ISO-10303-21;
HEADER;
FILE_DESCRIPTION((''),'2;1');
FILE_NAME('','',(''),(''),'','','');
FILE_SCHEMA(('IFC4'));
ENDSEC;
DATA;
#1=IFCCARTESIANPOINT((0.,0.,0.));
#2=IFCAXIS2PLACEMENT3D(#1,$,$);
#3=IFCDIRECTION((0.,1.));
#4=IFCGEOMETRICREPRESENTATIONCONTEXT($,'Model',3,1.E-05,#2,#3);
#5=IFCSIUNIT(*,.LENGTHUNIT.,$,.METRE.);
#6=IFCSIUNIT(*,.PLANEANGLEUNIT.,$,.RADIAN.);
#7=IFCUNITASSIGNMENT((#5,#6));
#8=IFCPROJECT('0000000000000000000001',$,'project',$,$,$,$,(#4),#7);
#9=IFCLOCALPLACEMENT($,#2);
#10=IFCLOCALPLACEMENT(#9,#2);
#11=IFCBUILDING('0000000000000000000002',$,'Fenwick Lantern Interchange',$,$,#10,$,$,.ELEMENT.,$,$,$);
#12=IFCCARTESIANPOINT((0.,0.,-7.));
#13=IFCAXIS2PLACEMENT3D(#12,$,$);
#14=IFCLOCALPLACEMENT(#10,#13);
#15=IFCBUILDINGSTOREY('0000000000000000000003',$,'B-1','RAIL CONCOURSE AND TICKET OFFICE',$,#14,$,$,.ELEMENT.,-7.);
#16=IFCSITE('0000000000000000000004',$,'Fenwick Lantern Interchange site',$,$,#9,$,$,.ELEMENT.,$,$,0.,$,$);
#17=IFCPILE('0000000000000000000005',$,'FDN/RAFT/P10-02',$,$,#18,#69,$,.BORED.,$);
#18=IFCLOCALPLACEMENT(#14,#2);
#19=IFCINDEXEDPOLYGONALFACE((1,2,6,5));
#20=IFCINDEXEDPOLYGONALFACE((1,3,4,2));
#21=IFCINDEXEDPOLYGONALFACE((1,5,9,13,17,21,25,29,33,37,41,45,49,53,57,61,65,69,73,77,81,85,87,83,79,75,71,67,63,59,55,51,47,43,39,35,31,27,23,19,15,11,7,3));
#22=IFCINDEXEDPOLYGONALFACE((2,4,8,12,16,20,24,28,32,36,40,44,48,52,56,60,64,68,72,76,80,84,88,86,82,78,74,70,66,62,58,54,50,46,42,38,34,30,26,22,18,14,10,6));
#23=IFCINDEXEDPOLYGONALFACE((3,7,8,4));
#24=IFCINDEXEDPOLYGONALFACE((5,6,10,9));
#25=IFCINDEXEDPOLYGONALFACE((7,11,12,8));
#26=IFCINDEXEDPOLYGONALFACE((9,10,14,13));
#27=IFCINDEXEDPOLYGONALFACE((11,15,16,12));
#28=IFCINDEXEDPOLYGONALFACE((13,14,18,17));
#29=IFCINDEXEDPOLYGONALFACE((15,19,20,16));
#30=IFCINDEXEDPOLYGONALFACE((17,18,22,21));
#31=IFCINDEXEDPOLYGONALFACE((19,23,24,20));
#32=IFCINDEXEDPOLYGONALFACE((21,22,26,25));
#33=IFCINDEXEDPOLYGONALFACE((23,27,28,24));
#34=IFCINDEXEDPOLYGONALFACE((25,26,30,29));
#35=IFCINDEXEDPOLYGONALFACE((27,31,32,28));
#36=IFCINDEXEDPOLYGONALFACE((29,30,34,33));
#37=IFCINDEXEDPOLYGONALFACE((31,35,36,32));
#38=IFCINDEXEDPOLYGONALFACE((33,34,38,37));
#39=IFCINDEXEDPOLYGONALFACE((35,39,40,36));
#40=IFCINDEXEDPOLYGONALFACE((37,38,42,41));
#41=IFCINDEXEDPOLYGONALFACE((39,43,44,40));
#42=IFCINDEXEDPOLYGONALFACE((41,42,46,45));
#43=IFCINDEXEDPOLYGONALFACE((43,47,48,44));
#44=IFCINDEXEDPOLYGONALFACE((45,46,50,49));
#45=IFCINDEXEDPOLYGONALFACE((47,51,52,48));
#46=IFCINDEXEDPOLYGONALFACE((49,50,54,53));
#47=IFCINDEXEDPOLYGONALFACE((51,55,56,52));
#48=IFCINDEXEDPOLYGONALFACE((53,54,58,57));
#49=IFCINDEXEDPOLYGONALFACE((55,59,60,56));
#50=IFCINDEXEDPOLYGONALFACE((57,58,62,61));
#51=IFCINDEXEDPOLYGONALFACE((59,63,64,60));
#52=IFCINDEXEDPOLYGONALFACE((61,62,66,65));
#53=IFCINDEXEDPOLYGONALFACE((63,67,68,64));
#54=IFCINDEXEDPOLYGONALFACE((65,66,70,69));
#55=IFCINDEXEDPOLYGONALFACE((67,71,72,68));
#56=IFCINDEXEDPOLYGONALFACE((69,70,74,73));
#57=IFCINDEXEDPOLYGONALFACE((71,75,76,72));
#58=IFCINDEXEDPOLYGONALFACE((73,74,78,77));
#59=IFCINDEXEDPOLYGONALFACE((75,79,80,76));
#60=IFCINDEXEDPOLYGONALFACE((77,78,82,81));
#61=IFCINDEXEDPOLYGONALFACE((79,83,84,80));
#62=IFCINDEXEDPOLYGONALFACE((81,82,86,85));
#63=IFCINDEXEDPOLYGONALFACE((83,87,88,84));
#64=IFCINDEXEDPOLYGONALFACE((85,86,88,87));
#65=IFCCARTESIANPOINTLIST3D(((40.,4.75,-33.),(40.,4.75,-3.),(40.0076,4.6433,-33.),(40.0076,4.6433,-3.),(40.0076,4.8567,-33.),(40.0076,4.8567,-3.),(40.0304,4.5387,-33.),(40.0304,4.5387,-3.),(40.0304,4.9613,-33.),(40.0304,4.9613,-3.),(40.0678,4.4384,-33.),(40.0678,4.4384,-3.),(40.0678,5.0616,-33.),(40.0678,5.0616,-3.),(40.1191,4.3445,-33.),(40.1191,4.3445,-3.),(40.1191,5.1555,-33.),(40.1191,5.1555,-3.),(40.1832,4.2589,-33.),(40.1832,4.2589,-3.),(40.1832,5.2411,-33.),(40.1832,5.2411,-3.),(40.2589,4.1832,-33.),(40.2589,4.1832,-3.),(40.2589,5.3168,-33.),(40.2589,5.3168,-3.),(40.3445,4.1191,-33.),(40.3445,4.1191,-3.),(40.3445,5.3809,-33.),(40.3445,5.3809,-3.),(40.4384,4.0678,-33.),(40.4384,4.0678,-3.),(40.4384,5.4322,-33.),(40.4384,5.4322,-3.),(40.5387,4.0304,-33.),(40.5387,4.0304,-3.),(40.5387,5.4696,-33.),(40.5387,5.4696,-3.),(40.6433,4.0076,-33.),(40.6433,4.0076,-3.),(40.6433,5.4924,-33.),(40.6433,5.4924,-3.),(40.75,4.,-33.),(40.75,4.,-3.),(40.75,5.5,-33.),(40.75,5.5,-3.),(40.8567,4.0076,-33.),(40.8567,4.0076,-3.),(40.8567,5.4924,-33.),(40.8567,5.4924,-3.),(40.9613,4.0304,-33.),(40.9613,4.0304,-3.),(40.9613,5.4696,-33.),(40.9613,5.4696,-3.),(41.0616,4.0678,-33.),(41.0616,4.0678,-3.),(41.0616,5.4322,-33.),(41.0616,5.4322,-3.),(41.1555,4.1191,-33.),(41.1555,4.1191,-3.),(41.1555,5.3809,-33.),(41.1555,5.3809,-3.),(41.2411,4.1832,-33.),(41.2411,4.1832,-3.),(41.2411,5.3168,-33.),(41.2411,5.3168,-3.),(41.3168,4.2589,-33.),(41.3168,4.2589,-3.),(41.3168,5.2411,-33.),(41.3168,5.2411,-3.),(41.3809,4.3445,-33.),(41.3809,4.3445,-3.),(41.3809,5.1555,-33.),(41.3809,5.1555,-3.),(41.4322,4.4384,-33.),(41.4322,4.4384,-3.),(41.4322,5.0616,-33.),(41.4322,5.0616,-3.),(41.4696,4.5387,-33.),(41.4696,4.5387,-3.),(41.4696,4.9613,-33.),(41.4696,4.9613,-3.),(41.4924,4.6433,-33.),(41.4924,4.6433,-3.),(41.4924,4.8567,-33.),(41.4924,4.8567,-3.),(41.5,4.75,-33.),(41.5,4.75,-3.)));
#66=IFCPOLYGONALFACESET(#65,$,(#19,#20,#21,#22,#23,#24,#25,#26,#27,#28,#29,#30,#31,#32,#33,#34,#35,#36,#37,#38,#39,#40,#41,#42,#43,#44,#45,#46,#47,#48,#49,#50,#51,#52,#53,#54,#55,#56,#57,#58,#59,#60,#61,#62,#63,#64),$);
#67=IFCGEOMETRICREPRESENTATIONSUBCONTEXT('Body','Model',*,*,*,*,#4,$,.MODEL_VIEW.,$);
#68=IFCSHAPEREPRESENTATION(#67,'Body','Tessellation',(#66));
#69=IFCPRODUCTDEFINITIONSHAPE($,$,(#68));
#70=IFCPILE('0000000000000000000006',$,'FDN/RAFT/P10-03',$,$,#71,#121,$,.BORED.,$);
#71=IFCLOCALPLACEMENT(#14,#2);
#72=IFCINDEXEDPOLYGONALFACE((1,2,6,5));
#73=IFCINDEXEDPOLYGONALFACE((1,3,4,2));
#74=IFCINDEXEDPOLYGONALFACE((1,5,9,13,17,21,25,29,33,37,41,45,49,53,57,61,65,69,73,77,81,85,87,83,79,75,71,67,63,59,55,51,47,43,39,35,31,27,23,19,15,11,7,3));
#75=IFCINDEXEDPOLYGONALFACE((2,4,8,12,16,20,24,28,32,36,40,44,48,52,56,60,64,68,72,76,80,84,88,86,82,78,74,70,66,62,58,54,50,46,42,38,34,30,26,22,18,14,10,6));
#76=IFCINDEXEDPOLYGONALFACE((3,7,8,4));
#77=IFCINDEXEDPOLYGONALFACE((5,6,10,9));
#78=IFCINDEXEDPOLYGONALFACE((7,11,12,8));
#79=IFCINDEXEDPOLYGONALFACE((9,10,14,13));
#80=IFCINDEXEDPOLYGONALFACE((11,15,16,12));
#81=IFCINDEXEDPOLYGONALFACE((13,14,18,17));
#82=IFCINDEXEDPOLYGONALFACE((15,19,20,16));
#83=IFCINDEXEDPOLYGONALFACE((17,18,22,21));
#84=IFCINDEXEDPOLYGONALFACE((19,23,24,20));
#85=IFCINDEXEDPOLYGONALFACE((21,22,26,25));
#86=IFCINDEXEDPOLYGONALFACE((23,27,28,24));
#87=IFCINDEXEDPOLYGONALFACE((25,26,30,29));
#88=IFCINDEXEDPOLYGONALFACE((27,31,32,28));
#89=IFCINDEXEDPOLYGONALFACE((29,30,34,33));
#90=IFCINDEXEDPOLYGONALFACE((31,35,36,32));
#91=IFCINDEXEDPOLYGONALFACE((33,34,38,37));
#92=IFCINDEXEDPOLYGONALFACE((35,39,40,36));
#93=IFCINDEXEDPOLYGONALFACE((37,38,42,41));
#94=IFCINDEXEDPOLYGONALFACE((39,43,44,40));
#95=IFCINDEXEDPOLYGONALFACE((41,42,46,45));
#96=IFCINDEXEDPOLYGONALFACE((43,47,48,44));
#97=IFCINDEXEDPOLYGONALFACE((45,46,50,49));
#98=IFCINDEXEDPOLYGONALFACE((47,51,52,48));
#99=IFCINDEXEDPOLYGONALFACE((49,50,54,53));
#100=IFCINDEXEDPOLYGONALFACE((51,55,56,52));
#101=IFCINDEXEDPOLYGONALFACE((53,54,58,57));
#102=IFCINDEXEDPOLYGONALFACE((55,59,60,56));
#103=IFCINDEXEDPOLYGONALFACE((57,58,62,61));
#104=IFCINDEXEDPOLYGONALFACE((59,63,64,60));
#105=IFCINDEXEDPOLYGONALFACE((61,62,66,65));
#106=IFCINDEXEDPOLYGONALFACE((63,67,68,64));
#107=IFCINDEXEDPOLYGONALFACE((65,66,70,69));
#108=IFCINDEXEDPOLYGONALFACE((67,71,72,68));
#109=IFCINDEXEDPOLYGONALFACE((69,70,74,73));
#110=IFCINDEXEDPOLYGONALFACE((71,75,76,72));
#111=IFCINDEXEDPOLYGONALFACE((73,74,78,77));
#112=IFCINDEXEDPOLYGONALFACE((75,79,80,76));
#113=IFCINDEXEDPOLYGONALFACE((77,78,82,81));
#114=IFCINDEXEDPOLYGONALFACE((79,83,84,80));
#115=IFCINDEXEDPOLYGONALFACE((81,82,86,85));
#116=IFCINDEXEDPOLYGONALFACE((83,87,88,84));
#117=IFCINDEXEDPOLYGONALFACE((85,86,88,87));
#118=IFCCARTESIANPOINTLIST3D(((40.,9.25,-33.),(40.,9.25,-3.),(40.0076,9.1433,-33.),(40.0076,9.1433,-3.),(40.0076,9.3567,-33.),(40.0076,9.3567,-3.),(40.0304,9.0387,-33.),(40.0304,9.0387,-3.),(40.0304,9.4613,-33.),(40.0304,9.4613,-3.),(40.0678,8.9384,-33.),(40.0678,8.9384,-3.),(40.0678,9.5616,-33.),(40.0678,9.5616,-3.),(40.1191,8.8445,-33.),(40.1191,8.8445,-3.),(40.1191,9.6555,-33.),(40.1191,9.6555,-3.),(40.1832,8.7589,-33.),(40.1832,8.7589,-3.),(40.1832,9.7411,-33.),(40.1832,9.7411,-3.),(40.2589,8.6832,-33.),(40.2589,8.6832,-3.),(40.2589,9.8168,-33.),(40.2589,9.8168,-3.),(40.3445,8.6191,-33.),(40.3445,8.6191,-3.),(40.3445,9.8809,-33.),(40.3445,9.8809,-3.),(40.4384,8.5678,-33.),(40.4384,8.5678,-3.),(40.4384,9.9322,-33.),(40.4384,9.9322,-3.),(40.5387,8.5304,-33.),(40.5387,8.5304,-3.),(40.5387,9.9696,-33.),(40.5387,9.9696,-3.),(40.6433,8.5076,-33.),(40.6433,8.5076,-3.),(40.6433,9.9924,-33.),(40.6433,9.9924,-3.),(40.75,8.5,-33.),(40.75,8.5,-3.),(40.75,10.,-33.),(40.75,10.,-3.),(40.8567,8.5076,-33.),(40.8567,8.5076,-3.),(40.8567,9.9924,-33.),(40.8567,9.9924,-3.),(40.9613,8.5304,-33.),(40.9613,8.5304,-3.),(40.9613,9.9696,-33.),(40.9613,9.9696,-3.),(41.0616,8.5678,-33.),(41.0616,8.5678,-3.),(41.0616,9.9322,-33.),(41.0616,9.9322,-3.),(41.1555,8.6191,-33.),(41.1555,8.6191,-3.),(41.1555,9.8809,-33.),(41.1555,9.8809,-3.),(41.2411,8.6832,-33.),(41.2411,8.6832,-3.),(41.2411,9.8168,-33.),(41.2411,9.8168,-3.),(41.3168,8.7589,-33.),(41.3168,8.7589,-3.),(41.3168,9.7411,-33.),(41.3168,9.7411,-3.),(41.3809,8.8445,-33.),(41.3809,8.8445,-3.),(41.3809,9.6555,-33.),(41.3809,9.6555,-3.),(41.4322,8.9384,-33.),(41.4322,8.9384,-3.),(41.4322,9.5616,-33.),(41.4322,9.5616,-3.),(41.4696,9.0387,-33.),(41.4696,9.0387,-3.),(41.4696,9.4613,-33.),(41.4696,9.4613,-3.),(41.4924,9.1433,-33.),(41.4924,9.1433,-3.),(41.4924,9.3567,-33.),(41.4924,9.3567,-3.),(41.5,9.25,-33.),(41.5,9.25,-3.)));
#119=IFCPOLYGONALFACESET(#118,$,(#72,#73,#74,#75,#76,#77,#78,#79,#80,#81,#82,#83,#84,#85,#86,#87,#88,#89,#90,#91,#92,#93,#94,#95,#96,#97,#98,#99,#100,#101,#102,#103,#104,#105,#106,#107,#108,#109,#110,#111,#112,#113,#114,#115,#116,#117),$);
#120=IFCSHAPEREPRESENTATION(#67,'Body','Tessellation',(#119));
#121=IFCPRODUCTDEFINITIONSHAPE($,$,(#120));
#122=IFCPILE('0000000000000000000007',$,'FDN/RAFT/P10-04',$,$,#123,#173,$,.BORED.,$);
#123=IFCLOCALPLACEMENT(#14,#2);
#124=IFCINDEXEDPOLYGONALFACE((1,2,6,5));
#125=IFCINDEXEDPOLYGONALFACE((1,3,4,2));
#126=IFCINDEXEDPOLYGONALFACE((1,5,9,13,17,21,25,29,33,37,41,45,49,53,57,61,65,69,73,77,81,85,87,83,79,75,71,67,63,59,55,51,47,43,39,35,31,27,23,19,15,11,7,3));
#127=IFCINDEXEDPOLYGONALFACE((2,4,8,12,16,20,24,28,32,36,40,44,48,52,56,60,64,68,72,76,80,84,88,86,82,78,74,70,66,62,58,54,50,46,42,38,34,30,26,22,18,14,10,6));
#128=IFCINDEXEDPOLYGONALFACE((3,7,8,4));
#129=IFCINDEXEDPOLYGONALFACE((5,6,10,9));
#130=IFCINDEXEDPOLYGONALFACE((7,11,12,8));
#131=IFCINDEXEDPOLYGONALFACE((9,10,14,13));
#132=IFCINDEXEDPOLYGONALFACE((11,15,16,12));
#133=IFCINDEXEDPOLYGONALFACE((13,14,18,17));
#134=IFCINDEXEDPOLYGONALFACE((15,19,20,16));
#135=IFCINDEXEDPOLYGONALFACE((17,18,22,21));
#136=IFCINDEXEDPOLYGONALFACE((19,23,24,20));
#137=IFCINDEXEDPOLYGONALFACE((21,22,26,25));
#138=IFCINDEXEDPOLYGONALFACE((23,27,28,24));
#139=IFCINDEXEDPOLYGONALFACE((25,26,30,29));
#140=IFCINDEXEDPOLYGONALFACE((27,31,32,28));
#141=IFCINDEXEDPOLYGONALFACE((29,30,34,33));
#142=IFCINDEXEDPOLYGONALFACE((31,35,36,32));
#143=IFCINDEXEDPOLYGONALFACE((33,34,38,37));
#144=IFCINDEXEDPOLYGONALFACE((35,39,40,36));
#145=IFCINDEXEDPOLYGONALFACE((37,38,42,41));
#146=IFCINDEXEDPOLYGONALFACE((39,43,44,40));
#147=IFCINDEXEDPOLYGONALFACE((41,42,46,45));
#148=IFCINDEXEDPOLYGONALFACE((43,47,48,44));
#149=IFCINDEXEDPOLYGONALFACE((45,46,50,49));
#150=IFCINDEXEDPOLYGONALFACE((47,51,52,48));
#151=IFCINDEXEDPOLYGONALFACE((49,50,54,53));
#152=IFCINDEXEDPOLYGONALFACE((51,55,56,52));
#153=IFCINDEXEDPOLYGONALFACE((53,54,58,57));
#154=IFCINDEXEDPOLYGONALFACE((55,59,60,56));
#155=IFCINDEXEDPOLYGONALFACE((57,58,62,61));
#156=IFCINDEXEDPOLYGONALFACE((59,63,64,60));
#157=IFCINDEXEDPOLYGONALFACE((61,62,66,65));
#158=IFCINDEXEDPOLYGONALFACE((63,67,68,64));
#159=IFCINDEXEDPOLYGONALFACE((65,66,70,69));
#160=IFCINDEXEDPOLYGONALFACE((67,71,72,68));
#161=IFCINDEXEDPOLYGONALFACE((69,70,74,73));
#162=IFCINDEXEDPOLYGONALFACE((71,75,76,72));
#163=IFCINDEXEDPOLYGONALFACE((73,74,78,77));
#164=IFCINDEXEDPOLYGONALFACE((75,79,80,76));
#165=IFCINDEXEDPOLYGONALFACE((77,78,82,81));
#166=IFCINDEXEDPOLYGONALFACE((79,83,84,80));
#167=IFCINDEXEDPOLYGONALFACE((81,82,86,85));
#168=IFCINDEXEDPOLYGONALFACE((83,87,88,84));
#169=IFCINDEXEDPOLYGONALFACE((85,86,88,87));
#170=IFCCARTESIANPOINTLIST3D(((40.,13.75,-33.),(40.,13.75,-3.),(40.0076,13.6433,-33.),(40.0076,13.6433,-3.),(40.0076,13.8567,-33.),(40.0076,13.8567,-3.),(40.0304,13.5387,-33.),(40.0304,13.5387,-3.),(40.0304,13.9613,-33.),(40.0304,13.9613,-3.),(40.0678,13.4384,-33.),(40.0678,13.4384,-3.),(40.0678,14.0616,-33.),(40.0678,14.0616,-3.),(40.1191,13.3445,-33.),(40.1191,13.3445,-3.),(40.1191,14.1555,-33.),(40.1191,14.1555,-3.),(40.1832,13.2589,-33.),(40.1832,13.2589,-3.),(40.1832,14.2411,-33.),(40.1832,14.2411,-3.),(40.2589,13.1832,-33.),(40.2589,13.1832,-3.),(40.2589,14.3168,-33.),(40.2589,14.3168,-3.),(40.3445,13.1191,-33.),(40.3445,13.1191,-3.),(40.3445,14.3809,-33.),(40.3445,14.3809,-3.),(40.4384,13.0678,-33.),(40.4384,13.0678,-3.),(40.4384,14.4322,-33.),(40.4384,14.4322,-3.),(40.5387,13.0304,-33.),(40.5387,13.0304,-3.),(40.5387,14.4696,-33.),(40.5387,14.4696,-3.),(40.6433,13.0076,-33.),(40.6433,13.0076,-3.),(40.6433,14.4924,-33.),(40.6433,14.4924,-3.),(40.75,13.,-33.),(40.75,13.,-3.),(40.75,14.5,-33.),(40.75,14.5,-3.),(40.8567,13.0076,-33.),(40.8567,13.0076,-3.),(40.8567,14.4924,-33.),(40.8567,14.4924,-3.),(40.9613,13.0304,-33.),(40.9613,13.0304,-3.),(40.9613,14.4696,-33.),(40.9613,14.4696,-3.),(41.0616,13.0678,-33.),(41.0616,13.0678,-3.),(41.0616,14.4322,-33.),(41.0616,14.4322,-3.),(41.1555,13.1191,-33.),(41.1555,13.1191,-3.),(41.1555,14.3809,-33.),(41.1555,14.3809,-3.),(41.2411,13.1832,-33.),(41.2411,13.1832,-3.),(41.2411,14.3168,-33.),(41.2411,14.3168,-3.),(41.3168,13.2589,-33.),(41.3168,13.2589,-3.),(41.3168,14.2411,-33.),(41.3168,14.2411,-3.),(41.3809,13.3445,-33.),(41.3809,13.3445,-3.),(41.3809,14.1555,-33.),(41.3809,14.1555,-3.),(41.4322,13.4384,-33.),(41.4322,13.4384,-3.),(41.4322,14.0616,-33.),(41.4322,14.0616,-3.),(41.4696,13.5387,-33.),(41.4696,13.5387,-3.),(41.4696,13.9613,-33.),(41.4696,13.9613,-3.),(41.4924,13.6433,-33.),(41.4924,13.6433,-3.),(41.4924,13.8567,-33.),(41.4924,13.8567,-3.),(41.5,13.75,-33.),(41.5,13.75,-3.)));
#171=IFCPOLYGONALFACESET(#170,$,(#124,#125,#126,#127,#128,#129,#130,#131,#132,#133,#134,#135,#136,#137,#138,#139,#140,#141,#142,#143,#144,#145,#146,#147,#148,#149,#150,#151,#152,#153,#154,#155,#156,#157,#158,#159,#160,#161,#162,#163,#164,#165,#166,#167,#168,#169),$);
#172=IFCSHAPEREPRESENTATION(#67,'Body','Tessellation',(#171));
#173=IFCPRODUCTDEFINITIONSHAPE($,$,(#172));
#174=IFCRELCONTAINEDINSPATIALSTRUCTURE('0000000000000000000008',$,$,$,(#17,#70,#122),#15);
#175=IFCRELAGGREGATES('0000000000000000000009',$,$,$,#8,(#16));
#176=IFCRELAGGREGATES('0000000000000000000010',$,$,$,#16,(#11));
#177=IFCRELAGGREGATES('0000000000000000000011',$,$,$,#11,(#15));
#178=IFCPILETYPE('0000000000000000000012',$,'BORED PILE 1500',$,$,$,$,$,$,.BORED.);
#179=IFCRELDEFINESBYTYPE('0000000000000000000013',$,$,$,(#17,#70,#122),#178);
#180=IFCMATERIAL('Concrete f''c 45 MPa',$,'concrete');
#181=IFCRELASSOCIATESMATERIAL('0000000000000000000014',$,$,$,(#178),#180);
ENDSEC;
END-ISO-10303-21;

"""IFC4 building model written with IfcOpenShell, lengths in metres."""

from ifc_helpers import new_model, si_unit, direction, frame, origin, origin_2d, place, context, subcontext, project, spatial, circle, extrude, material, type_object, element, save


model = new_model("IFC4")

# Units and contexts
model_context = context("Model", 3, precision=1e-05, world=origin(), true_north=direction((0.0, 1.0)))
body_context = subcontext(model_context, "Body", "Model", "MODEL_VIEW")
ifc_project = project(units=[si_unit("LENGTHUNIT", "METRE"), si_unit("PLANEANGLEUNIT", "RADIAN")], contexts=[model_context])

# Site, building, storey
site_placement = place(None, origin())
site = spatial("IfcSite", under=ifc_project, at=site_placement, Name="Fenwick Lantern Interchange site", CompositionType="ELEMENT", RefElevation=0.0)
building_placement = place(site_placement, origin())
building = spatial("IfcBuilding", under=site, at=building_placement, Name="Fenwick Lantern Interchange", CompositionType="ELEMENT")
storey_placement = place(building_placement, frame((0.0, 0.0, -7.0)))
storey = spatial("IfcBuildingStorey", under=building, at=storey_placement, Name="B-1", Description="RAIL CONCOURSE AND TICKET OFFICE", CompositionType="ELEMENT", Elevation=-7.0)

# Piles
ifc_material_1 = material(Name="Concrete f'c 45 MPa", Category="concrete")
pile_type = type_object("IfcPileType", Name="BORED PILE 1500", PredefinedType="BORED", material=ifc_material_1)
for number, where, z_axis, x_axis, name in (
    (1, (40.75, 4.75, -3.0), (0.0, 0.0, -1.0), (1.0, 0.0, 0.0), "FDN/RAFT/P10-02"),
    (2, (40.75, 9.25, -3.0), (0.0, 0.0, -1.0), (1.0, 0.0, 0.0), "FDN/RAFT/P10-03"),
    (3, (40.75, 13.75, -3.0), (0.0, 0.0, -1.0), (1.0, 0.0, 0.0), "FDN/RAFT/P10-04"),
):
    element("IfcPile", number, at=place(storey_placement, frame(where, z_axis=z_axis, x_axis=x_axis)), inside=storey, type_object=pile_type, Name=name, PredefinedType="BORED", context=body_context, shape_type="SweptSolid", body=[
        extrude(circle(Radius=0.75, at=origin_2d()), origin(), (0.0, 0.0, 1.0), 30.0),
    ])

save(model, "model.ifc")
